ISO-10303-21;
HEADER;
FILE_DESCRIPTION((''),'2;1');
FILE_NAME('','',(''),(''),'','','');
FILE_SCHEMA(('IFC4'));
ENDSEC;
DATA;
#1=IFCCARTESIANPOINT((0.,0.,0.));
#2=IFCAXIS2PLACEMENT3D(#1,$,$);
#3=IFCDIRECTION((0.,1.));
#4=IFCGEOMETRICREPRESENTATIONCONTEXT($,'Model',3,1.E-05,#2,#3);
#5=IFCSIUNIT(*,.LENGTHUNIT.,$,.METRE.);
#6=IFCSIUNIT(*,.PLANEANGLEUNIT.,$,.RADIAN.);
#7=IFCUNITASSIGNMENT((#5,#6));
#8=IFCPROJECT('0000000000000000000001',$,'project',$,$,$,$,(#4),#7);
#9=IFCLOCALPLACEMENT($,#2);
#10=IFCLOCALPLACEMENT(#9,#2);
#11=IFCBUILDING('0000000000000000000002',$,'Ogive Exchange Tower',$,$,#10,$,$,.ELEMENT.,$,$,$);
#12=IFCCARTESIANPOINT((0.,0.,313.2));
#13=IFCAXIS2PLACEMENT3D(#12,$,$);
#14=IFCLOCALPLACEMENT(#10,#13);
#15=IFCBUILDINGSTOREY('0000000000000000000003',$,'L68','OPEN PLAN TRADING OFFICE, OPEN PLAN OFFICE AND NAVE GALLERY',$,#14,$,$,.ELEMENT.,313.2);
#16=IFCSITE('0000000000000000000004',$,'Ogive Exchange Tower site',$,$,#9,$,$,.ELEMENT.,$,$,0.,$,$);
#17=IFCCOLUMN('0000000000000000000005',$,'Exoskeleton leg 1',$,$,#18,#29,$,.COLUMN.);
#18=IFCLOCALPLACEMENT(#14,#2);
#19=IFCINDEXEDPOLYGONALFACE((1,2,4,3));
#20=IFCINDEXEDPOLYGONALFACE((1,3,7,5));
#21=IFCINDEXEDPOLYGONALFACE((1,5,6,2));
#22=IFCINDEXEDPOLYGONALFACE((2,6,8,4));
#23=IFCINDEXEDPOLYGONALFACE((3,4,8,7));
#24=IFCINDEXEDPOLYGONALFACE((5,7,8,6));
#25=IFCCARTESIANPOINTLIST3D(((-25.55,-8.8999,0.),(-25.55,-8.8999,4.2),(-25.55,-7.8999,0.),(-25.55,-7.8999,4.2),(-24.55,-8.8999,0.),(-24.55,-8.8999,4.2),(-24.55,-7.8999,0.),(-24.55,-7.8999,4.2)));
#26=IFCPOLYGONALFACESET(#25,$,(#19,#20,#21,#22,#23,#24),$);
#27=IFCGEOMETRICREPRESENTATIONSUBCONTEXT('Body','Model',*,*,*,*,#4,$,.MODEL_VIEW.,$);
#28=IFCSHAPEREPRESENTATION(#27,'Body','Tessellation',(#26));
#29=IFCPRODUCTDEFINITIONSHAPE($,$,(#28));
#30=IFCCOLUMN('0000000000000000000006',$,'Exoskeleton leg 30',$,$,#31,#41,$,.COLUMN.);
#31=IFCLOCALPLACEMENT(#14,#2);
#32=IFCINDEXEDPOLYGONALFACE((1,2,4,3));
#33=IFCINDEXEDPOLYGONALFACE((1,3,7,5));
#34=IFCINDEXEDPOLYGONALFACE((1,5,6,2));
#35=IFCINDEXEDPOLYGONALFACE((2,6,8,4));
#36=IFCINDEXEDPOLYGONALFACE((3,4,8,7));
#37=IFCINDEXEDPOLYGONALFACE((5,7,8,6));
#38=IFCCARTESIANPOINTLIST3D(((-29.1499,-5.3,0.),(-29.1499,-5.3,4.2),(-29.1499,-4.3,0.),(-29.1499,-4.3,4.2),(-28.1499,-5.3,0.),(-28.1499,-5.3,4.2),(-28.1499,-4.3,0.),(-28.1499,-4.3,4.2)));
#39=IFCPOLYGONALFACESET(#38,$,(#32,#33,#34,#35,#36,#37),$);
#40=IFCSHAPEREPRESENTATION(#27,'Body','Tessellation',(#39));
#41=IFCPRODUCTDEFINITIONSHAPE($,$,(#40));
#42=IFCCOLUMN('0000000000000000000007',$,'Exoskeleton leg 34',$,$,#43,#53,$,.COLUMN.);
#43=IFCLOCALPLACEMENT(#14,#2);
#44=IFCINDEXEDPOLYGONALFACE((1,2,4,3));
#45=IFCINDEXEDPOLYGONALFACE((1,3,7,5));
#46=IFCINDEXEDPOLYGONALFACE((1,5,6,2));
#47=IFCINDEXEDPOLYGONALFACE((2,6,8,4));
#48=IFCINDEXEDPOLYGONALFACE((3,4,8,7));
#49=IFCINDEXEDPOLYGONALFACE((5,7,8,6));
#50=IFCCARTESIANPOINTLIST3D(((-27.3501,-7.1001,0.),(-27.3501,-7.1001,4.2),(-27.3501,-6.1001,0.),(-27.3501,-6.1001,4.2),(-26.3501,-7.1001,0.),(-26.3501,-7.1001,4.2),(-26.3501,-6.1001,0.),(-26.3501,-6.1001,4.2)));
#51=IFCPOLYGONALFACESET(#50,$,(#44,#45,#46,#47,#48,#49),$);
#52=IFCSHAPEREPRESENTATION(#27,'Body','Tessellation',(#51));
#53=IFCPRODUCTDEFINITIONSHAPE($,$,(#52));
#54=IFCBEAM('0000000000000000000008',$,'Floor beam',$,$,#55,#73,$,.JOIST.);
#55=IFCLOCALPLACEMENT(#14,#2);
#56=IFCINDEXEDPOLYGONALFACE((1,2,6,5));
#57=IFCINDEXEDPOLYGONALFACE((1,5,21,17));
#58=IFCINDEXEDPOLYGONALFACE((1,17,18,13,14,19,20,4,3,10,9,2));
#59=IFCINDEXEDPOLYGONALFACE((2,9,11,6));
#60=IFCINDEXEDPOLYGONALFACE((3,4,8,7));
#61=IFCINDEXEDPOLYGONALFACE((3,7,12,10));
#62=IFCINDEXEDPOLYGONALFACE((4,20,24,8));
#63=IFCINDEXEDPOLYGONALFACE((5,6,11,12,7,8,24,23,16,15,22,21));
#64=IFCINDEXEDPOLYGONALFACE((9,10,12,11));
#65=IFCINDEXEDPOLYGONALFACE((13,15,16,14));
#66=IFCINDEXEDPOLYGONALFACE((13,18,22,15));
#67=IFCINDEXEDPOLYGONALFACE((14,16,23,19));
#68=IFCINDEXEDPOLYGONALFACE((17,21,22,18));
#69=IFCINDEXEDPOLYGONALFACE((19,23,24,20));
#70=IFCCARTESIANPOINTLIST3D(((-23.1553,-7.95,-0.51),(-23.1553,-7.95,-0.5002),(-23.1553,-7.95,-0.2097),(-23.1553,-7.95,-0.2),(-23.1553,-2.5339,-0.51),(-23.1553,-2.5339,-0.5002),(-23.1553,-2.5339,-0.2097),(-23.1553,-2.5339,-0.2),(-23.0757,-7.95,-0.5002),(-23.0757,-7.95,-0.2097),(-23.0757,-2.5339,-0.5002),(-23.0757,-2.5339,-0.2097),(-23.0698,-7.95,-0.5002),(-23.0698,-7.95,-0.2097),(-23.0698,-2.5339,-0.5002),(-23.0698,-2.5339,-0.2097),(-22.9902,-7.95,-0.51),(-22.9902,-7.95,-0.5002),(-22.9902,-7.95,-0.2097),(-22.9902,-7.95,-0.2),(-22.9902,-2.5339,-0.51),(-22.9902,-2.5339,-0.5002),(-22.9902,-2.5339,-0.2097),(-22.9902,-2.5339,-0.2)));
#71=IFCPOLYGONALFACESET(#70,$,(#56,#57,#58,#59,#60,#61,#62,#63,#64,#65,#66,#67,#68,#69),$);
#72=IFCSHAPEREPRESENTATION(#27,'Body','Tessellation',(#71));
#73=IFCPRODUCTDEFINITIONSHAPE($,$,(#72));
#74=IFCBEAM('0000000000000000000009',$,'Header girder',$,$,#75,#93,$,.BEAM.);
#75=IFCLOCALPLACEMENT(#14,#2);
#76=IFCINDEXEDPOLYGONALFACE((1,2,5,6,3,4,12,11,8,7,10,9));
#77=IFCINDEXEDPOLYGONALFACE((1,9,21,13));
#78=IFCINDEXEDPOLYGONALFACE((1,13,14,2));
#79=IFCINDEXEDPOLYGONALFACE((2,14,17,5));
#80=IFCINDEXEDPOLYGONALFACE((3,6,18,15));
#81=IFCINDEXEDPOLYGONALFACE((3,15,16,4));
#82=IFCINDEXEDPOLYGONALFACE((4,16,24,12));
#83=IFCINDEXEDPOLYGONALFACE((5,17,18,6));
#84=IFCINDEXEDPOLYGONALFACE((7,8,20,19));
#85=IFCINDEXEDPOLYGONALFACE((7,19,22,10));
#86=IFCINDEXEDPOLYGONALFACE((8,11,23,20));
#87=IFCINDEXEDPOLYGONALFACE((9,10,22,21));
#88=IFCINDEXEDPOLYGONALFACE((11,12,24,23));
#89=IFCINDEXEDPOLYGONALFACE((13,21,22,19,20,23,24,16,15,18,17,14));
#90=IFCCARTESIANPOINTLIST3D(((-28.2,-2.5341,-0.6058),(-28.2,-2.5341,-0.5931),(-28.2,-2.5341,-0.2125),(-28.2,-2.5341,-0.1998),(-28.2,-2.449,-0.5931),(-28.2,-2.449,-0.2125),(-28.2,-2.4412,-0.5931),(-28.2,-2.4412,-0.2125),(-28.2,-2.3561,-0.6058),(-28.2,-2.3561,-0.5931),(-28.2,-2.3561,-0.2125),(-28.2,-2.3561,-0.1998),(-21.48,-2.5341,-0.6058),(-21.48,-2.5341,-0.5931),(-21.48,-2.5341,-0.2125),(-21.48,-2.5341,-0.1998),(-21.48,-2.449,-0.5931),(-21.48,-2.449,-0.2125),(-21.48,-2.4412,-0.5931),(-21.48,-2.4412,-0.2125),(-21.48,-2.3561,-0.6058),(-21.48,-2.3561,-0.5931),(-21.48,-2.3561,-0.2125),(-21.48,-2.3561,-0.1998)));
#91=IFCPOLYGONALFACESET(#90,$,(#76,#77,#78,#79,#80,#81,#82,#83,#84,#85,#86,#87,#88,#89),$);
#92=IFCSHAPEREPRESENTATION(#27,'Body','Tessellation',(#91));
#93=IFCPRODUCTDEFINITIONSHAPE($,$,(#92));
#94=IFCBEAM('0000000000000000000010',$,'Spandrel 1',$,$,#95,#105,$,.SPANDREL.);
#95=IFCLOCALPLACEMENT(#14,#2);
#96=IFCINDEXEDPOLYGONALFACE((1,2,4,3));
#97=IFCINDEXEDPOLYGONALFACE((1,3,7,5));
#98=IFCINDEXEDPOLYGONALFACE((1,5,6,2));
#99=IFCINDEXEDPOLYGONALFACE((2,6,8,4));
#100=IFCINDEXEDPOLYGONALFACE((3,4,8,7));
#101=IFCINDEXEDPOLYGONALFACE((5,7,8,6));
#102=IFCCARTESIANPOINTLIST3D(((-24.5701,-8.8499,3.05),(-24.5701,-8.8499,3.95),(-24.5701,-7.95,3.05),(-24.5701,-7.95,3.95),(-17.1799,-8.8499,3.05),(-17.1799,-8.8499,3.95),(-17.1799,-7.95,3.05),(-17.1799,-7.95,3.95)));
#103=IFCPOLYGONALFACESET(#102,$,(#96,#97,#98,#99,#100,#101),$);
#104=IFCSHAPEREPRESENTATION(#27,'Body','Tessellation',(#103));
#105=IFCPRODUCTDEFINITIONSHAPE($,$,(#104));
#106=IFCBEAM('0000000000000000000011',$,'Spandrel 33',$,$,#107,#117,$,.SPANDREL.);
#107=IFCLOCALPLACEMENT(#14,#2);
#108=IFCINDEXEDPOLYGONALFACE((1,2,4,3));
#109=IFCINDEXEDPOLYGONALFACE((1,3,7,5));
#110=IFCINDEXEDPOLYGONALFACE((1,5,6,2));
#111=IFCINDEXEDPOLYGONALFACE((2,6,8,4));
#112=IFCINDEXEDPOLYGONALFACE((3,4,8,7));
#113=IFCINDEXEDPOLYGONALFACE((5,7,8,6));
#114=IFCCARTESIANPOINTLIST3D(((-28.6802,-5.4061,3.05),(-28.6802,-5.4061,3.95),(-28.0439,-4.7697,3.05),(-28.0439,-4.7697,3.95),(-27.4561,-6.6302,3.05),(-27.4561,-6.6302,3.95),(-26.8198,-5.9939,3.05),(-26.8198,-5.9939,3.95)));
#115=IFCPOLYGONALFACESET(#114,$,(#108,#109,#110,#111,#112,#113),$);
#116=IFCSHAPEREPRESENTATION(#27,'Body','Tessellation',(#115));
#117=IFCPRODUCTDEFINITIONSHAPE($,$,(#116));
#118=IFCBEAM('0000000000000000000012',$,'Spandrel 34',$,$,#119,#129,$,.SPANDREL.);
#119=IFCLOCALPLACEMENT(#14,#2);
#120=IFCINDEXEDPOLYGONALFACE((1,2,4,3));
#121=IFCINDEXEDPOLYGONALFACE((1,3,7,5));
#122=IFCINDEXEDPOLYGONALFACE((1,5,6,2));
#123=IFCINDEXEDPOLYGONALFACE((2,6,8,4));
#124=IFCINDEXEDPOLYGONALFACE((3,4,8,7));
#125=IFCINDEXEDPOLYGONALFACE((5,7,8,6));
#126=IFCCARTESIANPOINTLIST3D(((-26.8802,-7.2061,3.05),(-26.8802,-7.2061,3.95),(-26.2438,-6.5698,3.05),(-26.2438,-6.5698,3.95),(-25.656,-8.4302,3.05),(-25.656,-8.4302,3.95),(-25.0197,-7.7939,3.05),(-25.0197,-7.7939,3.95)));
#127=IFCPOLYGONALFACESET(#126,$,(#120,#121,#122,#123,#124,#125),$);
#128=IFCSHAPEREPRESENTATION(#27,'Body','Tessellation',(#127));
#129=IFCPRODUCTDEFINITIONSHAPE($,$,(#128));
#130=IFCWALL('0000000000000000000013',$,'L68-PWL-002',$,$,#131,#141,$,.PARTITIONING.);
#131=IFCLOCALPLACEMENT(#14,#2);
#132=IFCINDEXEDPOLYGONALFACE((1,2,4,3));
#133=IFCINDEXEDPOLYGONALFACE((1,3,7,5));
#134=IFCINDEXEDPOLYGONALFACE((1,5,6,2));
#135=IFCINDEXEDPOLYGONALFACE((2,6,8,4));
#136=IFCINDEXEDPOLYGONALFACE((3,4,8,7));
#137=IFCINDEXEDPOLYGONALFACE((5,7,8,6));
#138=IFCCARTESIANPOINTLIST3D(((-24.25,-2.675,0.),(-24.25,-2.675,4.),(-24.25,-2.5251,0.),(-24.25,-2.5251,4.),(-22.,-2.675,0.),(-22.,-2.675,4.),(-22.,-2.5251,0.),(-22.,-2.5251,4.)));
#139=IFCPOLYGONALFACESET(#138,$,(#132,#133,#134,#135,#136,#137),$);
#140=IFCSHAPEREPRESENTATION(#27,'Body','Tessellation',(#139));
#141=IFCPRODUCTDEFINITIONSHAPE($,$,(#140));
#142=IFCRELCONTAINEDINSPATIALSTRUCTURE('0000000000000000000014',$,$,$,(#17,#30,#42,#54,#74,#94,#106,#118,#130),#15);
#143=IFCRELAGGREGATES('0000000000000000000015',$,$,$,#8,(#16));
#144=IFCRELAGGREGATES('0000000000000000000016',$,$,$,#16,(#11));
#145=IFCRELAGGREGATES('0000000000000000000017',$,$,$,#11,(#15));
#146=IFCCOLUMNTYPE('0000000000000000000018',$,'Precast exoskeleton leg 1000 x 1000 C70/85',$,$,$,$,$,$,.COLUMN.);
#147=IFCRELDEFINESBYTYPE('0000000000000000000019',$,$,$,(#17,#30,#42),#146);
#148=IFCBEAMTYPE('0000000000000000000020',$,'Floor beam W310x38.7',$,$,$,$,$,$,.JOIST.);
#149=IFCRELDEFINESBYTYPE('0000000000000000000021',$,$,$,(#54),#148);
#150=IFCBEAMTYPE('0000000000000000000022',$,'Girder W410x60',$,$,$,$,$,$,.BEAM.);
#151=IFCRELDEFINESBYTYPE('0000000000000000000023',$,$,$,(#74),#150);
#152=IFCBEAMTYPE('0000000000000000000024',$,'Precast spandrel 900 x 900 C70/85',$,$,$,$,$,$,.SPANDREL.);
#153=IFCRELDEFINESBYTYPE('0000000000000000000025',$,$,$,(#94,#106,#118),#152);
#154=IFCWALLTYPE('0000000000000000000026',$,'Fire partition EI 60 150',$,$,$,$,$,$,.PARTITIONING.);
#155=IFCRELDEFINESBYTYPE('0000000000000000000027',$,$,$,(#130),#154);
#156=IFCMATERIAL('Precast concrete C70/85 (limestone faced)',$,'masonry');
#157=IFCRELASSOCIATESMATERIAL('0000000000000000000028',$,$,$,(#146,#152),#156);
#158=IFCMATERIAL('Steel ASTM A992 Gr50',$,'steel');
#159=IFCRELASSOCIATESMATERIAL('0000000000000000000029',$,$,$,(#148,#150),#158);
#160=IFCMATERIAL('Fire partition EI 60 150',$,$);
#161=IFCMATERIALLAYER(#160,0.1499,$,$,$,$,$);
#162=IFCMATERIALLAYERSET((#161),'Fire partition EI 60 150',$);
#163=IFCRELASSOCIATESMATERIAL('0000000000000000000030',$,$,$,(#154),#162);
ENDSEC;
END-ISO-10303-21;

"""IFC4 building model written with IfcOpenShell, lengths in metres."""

from ifc_helpers import new_model, si_unit, direction, frame, frame_2d, origin, origin_2d, place, context, subcontext, project, spatial, rectangle, i_section, extrude, material, layer, layer_set, material_profile, profile_set, type_object, element, save


model = new_model("IFC4")

# Units and contexts
model_context = context("Model", 3, precision=1e-05, world=origin(), true_north=direction((0.0, 1.0)))
body_context = subcontext(model_context, "Body", "Model", "MODEL_VIEW")
ifc_project = project(units=[si_unit("LENGTHUNIT", "METRE"), si_unit("PLANEANGLEUNIT", "RADIAN")], contexts=[model_context])

# Site, building, storey
site_placement = place(None, origin())
site = spatial("IfcSite", under=ifc_project, at=site_placement, Name="Ogive Exchange Tower site", CompositionType="ELEMENT", RefElevation=0.0)
building_placement = place(site_placement, origin())
building = spatial("IfcBuilding", under=site, at=building_placement, Name="Ogive Exchange Tower", CompositionType="ELEMENT")
storey_placement = place(building_placement, frame((0.0, 0.0, 313.2)))
storey = spatial("IfcBuildingStorey", under=building, at=storey_placement, Name="L68", Description="OPEN PLAN TRADING OFFICE, OPEN PLAN OFFICE AND NAVE GALLERY", CompositionType="ELEMENT", Elevation=313.2)

# Columns
ifc_material_1 = material(Name="Precast concrete C70/85 (limestone faced)", Category="masonry")
ifc_material_profile_1 = material_profile(ifc_material_1, rectangle(XDim=1.0, YDim=1.0, at=origin_2d()), Name="1000 x 1000")
ifc_profile_set_1 = profile_set([ifc_material_profile_1], Name="Precast concrete C70/85 (limestone faced)")
column_type = type_object("IfcColumnType", Name="Precast exoskeleton leg 1000 x 1000 C70/85", PredefinedType="COLUMN", material=ifc_profile_set_1)
for number, where, z_axis, x_axis, name in (
    (1, (-25.05, -8.3999, 0.0), (0.0, 0.0, 1.0), (1.0, 0.0, 0.0), "Exoskeleton leg 1"),
    (2, (-28.6499, -4.8, 0.0), (0.0, 0.0, 1.0), (1.0, 0.0, 0.0), "Exoskeleton leg 30"),
    (3, (-26.8501, -6.6001, 0.0), (0.0, 0.0, 1.0), (1.0, 0.0, 0.0), "Exoskeleton leg 34"),
):
    element("IfcColumn", number, at=place(storey_placement, frame(where, z_axis=z_axis, x_axis=x_axis)), inside=storey, type_object=column_type, Name=name, PredefinedType="COLUMN", context=body_context, shape_type="SweptSolid", body=[
        extrude(rectangle(XDim=1.0, YDim=1.0, at=origin_2d()), origin(), (0.0, 0.0, 1.0), 4.2),
    ])

# Beams
ifc_material_2 = material(Name="Steel ASTM A992 Gr50", Category="steel")
ifc_material_profile_2 = material_profile(ifc_material_2, i_section(OverallWidth=0.165, OverallDepth=0.3101, WebThickness=0.0059, FlangeThickness=0.0098, at=origin_2d()), Name="W310x38.7")
ifc_profile_set_2 = profile_set([ifc_material_profile_2], Name="Steel ASTM A992 Gr50")
beam_type_1 = type_object("IfcBeamType", Name="Floor beam W310x38.7", PredefinedType="JOIST", material=ifc_profile_set_2)
beam_1_placement = place(storey_placement, frame((-23.0728, -7.95, -0.355), z_axis=(0.0, 1.0, 0.0), x_axis=(-1.0, 0.0, 0.0)))
element("IfcBeam", 4, at=beam_1_placement, inside=storey, type_object=beam_type_1, Name="Floor beam", PredefinedType="JOIST", context=body_context, shape_type="SweptSolid", body=[
    extrude(i_section(OverallWidth=0.165, OverallDepth=0.3101, WebThickness=0.0059, FlangeThickness=0.0098, at=origin_2d()), origin(), (0.0, 0.0, 1.0), 5.416),
])
ifc_material_profile_3 = material_profile(ifc_material_2, i_section(OverallWidth=0.178, OverallDepth=0.406, WebThickness=0.0078, FlangeThickness=0.0127, at=origin_2d()), Name="W410x60")
ifc_profile_set_3 = profile_set([ifc_material_profile_3], Name="Steel ASTM A992 Gr50")
beam_type_2 = type_object("IfcBeamType", Name="Girder W410x60", PredefinedType="BEAM", material=ifc_profile_set_3)
beam_2_placement = place(storey_placement, frame((-28.2, -2.4451, -0.4028), z_axis=(1.0, 0.0, 0.0), x_axis=(0.0, 1.0, 0.0)))
element("IfcBeam", 5, at=beam_2_placement, inside=storey, type_object=beam_type_2, Name="Header girder", PredefinedType="BEAM", context=body_context, shape_type="SweptSolid", body=[
    extrude(i_section(OverallWidth=0.178, OverallDepth=0.406, WebThickness=0.0078, FlangeThickness=0.0127, at=origin_2d()), origin(), (0.0, 0.0, 1.0), 6.72),
])
ifc_material_profile_4 = material_profile(ifc_material_1, rectangle(XDim=0.8999, YDim=0.8999, at=origin_2d()), Name="900 x 900")
ifc_profile_set_4 = profile_set([ifc_material_profile_4], Name="Precast concrete C70/85 (limestone faced)")
beam_type_3 = type_object("IfcBeamType", Name="Precast spandrel 900 x 900 C70/85", PredefinedType="SPANDREL", material=ifc_profile_set_4)
beam_3_placement = place(storey_placement, frame((-24.5701, -8.3999, 3.5), z_axis=(1.0, 0.0, 0.0), x_axis=(0.0, 1.0, 0.0)))
element("IfcBeam", 6, at=beam_3_placement, inside=storey, type_object=beam_type_3, Name="Spandrel 1", PredefinedType="SPANDREL", context=body_context, shape_type="SweptSolid", body=[
    extrude(rectangle(XDim=0.8999, YDim=0.8999, at=origin_2d()), origin(), (0.0, 0.0, 1.0), 7.3901),
])
for number, where, z_axis, x_axis, name in (
    (7, (-28.3621, -5.0879, 3.5), (0.707107, -0.707107, 0.0), (0.707107, 0.707107, 0.0), "Spandrel 33"),
    (8, (-26.562, -6.8879, 3.5), (0.707107, -0.707107, 0.0), (0.707107, 0.707107, 0.0), "Spandrel 34"),
):
    element("IfcBeam", number, at=place(storey_placement, frame(where, z_axis=z_axis, x_axis=x_axis)), inside=storey, type_object=beam_type_3, Name=name, PredefinedType="SPANDREL", context=body_context, shape_type="SweptSolid", body=[
        extrude(rectangle(XDim=0.8999, YDim=0.8999, at=origin_2d()), origin(), (0.0, 0.0, 1.0), 1.7312),
    ])

# Wall
ifc_material_3 = material(Name="Fire partition EI 60 150")
ifc_layer_1 = layer(ifc_material_3, 0.1499)
ifc_layer_set_1 = layer_set([ifc_layer_1], Name="Fire partition EI 60 150")
wall_type_1 = type_object("IfcWallType", Name="Fire partition EI 60 150", PredefinedType="PARTITIONING", material=ifc_layer_set_1)
wall_1_placement = place(storey_placement, frame((-24.25, -2.6001, 0.0), z_axis=(0.0, 0.0, 1.0), x_axis=(1.0, 0.0, 0.0)))
element("IfcWall", 9, at=wall_1_placement, inside=storey, type_object=wall_type_1, Name="L68-PWL-002", PredefinedType="PARTITIONING", context=body_context, shape_type="SweptSolid", body=[
    extrude(rectangle(XDim=2.25, YDim=0.1499, at=frame_2d((1.125, 0.0))), origin(), (0.0, 0.0, 1.0), 4.0),
])

save(model, "model.ifc")
